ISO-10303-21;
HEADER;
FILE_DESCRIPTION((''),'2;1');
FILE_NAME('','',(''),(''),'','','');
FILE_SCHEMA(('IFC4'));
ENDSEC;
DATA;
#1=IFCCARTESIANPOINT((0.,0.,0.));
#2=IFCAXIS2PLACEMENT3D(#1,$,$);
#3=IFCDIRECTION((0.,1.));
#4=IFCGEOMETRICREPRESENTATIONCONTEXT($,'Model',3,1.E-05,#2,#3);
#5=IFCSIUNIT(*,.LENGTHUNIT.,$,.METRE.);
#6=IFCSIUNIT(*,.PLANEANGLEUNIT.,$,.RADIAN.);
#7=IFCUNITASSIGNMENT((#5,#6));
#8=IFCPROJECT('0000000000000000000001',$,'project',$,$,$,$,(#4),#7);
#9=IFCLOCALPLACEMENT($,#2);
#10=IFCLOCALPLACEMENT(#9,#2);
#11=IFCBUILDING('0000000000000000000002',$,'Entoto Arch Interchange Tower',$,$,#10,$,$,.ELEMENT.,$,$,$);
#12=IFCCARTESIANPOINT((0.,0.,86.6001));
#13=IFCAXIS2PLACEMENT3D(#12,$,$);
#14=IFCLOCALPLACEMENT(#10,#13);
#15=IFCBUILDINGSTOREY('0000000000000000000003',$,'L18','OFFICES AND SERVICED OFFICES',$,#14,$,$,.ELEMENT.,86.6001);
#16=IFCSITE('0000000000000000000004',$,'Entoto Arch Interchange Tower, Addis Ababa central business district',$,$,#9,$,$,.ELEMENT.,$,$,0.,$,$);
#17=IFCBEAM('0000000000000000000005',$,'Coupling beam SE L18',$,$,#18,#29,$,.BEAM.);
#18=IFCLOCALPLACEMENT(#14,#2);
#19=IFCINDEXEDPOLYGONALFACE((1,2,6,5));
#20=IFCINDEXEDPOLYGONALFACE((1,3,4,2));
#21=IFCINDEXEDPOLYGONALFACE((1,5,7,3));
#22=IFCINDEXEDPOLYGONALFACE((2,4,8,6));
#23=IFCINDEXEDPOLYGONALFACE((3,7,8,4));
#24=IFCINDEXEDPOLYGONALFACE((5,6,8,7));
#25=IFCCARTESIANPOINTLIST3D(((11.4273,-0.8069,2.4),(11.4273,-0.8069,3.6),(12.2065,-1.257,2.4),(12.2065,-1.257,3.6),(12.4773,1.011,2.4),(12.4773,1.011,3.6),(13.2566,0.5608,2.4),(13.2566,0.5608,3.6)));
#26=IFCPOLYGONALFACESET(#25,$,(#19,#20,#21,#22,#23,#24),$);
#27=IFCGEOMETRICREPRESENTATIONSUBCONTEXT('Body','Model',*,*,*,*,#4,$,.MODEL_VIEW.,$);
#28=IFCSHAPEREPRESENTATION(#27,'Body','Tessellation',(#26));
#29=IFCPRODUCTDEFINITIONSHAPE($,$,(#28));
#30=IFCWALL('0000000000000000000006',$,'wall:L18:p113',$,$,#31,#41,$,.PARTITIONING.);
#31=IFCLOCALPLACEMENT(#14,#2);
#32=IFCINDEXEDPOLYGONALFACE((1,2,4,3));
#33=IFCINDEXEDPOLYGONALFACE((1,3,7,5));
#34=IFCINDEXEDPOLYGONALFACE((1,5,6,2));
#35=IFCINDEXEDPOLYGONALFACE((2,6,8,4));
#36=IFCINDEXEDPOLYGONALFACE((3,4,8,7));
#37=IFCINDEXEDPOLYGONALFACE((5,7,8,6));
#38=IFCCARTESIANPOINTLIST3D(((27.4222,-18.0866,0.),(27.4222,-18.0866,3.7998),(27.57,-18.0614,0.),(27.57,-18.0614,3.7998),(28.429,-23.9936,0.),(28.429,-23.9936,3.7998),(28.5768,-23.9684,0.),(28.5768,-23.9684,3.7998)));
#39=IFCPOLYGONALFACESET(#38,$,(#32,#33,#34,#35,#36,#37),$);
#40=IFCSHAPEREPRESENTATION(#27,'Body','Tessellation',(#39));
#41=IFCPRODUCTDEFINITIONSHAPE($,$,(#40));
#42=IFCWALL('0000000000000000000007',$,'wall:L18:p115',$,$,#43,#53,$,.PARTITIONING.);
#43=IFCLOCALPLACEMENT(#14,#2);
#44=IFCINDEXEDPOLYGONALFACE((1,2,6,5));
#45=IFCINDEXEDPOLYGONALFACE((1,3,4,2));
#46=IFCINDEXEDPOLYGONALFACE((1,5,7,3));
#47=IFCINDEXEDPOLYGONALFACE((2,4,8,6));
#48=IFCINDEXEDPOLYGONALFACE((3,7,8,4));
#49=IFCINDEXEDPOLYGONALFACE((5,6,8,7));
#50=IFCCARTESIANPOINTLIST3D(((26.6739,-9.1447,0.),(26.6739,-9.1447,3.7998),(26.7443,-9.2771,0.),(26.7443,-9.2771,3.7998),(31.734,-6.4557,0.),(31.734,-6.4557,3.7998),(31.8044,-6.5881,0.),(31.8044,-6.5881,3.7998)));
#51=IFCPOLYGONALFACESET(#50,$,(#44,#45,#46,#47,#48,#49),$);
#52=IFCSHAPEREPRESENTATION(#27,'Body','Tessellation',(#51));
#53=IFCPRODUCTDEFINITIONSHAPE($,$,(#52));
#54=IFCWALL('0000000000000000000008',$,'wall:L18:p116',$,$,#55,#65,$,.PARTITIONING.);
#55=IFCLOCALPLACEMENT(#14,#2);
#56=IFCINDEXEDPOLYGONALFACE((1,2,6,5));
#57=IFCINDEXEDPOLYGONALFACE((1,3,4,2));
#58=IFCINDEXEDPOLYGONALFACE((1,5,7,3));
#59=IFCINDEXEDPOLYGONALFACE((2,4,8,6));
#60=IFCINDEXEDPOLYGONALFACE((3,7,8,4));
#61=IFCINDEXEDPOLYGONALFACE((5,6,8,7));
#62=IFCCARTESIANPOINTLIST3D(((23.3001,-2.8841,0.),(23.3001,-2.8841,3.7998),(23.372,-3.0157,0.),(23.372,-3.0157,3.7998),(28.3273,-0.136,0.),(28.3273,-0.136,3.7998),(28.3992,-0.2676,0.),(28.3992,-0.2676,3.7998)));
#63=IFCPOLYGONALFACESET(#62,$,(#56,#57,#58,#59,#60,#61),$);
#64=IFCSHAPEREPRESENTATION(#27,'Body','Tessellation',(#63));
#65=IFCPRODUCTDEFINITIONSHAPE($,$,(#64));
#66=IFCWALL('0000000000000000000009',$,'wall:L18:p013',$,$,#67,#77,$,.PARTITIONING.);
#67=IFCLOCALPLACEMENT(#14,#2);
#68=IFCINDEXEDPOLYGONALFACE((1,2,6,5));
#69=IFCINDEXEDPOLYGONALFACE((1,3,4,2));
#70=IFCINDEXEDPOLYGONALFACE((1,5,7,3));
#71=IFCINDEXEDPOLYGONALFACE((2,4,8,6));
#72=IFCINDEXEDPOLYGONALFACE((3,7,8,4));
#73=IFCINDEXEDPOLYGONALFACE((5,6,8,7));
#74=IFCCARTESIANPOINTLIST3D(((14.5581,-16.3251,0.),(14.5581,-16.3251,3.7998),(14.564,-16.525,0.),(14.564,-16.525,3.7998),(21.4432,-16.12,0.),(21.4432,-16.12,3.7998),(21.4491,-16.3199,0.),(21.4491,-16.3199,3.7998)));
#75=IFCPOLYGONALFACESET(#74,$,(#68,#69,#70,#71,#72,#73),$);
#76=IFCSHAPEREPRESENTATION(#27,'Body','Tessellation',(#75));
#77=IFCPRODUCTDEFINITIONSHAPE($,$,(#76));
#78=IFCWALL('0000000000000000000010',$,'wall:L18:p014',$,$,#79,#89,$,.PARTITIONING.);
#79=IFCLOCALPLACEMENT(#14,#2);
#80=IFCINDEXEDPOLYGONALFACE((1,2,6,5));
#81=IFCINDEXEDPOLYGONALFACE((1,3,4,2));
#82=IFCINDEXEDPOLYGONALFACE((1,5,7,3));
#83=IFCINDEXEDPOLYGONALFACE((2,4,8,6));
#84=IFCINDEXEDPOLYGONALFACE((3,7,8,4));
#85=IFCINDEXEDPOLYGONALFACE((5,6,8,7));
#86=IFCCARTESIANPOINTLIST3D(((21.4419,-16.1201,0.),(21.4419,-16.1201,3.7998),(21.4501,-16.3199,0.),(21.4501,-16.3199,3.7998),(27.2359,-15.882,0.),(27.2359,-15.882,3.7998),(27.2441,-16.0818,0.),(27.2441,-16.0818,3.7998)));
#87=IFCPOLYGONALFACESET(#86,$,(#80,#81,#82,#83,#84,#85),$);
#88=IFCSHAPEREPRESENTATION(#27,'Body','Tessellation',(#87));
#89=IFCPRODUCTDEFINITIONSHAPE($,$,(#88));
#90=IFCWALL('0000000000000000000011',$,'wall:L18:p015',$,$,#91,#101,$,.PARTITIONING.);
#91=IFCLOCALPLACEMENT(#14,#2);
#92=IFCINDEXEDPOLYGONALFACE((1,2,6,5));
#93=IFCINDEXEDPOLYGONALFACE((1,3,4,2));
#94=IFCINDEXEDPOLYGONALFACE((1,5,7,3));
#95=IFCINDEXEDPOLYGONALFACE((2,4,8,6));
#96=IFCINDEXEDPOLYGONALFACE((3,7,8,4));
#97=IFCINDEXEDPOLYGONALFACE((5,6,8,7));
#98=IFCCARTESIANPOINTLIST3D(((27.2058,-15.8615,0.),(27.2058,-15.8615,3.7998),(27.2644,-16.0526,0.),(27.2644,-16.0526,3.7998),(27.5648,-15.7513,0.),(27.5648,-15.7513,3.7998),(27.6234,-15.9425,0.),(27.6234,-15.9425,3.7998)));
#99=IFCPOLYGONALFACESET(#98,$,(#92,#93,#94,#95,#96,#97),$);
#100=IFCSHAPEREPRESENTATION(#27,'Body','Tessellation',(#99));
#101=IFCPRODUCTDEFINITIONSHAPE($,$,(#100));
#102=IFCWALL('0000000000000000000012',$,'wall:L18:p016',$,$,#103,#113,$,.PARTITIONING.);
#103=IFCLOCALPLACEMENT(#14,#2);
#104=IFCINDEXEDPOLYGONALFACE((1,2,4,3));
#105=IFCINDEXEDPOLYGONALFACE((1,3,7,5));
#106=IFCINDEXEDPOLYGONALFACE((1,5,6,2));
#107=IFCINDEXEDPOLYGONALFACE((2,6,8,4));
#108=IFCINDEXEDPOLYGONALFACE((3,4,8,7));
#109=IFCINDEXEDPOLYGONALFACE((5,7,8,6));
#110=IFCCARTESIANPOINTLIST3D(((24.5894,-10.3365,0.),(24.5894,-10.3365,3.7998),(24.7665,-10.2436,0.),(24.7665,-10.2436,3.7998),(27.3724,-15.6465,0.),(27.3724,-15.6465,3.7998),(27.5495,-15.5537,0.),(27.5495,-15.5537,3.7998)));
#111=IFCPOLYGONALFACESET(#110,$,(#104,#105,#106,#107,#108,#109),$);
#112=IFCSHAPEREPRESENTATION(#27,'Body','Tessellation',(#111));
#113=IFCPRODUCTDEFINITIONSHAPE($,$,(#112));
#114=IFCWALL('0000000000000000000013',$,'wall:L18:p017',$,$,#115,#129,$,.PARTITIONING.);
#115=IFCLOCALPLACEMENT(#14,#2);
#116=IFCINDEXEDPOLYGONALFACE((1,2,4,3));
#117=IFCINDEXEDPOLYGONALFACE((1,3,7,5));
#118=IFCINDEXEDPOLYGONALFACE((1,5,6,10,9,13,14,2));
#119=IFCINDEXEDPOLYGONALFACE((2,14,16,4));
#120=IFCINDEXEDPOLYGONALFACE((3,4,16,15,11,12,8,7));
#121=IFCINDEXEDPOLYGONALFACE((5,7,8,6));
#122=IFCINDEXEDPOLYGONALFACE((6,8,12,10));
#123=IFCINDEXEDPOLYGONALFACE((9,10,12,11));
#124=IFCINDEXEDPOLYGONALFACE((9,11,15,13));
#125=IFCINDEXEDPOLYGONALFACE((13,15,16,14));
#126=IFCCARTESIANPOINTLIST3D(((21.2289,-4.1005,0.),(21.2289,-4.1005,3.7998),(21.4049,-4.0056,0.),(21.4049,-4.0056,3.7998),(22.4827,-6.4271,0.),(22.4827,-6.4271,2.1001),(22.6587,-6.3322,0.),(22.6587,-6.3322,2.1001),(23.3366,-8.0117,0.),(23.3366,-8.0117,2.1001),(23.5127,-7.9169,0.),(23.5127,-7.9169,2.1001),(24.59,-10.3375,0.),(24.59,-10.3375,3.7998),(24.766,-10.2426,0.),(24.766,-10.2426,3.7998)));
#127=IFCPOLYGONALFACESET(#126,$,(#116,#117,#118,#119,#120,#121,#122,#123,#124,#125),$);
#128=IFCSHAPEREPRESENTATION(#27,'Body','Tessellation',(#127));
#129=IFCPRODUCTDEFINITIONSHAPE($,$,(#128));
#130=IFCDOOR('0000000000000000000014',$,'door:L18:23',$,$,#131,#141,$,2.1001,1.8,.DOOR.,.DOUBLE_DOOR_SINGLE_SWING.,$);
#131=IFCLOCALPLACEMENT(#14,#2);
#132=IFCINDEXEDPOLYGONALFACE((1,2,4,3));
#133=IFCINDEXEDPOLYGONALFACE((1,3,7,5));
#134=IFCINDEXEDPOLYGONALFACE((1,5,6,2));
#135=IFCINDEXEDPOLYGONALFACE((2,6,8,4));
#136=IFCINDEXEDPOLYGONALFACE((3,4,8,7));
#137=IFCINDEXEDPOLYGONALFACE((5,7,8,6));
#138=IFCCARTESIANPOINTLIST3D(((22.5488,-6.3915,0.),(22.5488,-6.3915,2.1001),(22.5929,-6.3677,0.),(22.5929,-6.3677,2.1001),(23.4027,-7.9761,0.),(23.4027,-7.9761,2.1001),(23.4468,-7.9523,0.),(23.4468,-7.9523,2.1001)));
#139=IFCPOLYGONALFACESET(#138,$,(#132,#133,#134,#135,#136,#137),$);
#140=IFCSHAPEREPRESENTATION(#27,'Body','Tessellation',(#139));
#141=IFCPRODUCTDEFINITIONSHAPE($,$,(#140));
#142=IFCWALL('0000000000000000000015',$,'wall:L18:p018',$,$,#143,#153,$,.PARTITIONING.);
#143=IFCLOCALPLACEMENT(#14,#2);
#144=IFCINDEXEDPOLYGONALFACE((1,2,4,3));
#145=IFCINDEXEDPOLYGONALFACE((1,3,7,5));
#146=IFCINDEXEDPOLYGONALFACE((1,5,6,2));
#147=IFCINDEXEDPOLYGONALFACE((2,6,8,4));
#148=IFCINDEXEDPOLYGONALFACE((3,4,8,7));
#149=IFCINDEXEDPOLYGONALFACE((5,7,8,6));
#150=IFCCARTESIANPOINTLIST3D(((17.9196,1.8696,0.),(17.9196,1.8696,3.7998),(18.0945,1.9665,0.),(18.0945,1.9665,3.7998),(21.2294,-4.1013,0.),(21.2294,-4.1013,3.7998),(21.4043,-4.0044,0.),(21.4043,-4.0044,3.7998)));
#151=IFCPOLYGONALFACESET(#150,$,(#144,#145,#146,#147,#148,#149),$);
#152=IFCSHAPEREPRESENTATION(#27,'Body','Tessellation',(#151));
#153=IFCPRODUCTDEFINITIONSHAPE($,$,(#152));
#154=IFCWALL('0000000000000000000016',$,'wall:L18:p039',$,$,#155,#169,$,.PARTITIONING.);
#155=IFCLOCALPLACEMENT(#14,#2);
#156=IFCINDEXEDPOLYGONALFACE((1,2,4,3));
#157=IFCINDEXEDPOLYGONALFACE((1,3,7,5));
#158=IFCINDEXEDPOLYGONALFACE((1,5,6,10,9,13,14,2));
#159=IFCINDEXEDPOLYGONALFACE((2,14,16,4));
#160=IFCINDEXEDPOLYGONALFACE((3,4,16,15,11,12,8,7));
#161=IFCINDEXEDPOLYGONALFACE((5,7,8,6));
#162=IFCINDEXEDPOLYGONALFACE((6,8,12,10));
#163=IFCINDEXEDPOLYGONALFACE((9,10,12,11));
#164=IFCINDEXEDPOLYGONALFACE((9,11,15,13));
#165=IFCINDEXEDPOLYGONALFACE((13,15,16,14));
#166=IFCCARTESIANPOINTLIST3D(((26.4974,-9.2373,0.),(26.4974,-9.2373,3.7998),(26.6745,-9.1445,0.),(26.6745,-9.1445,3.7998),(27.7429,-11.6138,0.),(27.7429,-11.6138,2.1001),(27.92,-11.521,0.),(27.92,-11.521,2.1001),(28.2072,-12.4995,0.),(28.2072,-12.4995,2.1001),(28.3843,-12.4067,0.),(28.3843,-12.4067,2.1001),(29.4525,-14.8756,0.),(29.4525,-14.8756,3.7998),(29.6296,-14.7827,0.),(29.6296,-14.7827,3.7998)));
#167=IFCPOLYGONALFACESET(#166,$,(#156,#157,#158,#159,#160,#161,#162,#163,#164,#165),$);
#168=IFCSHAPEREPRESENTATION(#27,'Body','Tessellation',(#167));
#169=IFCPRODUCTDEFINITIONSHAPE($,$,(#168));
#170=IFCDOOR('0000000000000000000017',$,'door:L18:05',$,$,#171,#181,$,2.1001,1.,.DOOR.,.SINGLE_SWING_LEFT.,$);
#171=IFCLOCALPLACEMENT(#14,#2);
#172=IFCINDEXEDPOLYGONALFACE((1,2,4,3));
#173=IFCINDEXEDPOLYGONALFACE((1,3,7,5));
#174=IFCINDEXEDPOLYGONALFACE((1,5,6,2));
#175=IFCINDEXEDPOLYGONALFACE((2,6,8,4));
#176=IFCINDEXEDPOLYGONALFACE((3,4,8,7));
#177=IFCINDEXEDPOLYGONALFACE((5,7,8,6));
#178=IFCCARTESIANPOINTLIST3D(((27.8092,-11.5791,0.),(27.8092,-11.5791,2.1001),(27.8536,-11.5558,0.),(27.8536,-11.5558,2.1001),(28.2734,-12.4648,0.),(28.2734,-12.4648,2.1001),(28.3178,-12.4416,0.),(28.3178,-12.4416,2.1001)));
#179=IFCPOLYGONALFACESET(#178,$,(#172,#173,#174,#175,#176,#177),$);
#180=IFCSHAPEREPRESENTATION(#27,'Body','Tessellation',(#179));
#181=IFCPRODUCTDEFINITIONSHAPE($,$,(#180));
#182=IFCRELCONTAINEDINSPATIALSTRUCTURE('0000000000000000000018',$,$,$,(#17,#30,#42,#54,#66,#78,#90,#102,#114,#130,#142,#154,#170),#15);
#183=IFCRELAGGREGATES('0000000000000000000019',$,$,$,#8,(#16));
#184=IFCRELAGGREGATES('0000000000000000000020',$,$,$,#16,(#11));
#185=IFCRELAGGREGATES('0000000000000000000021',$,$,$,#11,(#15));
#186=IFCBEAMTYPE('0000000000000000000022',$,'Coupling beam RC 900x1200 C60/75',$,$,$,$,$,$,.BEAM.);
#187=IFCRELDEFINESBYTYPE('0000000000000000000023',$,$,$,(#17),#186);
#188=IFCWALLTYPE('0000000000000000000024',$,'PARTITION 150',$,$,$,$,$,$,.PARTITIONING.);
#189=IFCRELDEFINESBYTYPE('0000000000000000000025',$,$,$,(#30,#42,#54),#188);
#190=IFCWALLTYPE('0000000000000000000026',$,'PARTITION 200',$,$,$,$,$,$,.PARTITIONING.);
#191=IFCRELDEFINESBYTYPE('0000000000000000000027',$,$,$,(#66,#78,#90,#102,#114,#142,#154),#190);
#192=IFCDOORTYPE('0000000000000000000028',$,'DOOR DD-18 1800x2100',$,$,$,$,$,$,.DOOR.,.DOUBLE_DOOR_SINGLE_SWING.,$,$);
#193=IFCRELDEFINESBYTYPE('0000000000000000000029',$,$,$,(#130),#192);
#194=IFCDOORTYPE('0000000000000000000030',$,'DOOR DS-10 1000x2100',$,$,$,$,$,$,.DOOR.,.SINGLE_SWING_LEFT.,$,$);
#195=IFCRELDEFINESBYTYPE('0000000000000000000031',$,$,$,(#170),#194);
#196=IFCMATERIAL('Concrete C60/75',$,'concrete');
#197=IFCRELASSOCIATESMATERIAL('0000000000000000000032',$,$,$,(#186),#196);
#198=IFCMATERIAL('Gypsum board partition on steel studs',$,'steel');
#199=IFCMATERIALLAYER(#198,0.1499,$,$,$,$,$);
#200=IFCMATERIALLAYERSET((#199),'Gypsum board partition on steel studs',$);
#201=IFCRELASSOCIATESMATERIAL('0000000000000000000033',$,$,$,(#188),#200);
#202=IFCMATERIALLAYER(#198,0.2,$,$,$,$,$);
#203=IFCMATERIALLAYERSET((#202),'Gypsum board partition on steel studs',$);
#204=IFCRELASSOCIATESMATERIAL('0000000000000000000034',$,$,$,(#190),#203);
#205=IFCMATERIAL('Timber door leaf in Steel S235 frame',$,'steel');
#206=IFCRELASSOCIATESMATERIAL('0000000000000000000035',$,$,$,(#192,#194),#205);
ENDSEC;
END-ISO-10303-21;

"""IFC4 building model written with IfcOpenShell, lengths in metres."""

from ifc_helpers import new_model, si_unit, direction, frame, frame_2d, origin, origin_2d, place, context, subcontext, project, spatial, rectangle, extrude, material, layer, layer_set, material_profile, profile_set, type_object, element, fill, save


model = new_model("IFC4")

# Units and contexts
model_context = context("Model", 3, precision=1e-05, world=origin(), true_north=direction((0.0, 1.0)))
body_context = subcontext(model_context, "Body", "Model", "MODEL_VIEW")
ifc_project = project(units=[si_unit("LENGTHUNIT", "METRE"), si_unit("PLANEANGLEUNIT", "RADIAN")], contexts=[model_context])

# Site, building, storey
site_placement = place(None, origin())
site = spatial("IfcSite", under=ifc_project, at=site_placement, Name="Entoto Arch Interchange Tower, Addis Ababa central business district", CompositionType="ELEMENT", RefElevation=0.0)
building_placement = place(site_placement, origin())
building = spatial("IfcBuilding", under=site, at=building_placement, Name="Entoto Arch Interchange Tower", CompositionType="ELEMENT")
storey_placement = place(building_placement, frame((0.0, 0.0, 86.6001)))
storey = spatial("IfcBuildingStorey", under=building, at=storey_placement, Name="L18", Description="OFFICES AND SERVICED OFFICES", CompositionType="ELEMENT", Elevation=86.6001)

# Beam
ifc_material_1 = material(Name="Concrete C60/75", Category="concrete")
ifc_material_profile = material_profile(ifc_material_1, rectangle(XDim=0.8999, YDim=1.2, at=origin_2d()))
ifc_profile_set = profile_set([ifc_material_profile], Name="Concrete C60/75")
beam_type = type_object("IfcBeamType", Name="Coupling beam RC 900x1200 C60/75", PredefinedType="BEAM", material=ifc_profile_set)
beam_placement = place(storey_placement, frame((11.8169, -1.032, 3.0), z_axis=(0.500179, 0.865922, 0.0), x_axis=(-0.865922, 0.500179, 0.0)))
element("IfcBeam", 1, at=beam_placement, inside=storey, type_object=beam_type, Name="Coupling beam SE L18", PredefinedType="BEAM", context=body_context, shape_type="SweptSolid", body=[
    extrude(rectangle(XDim=0.8999, YDim=1.2, at=origin_2d()), origin(), (0.0, 0.0, 1.0), 2.0994),
])

# Walls
ifc_material_2 = material(Name="Gypsum board partition on steel studs", Category="steel")
ifc_layer_1 = layer(ifc_material_2, 0.1499)
ifc_layer_set_1 = layer_set([ifc_layer_1], Name="Gypsum board partition on steel studs")
wall_type_1 = type_object("IfcWallType", Name="PARTITION 150", PredefinedType="PARTITIONING", material=ifc_layer_set_1)
wall_1_placement = place(storey_placement, frame((27.4961, -18.074, 0.0), z_axis=(0.0, 0.0, 1.0), x_axis=(0.168025, -0.985783, 0.0)))
element("IfcWall", 2, at=wall_1_placement, inside=storey, type_object=wall_type_1, Name="wall:L18:p113", PredefinedType="PARTITIONING", context=body_context, shape_type="SweptSolid", body=[
    extrude(rectangle(XDim=5.9922, YDim=0.1499, at=frame_2d((2.9961, 0.0))), origin(), (0.0, 0.0, 1.0), 3.7998),
])
wall_2_placement = place(storey_placement, frame((26.709, -9.2109, 0.0), z_axis=(0.0, 0.0, 1.0), x_axis=(0.883057, 0.469265, 0.0)))
element("IfcWall", 3, at=wall_2_placement, inside=storey, type_object=wall_type_1, Name="wall:L18:p115", PredefinedType="PARTITIONING", context=body_context, shape_type="SweptSolid", body=[
    extrude(rectangle(XDim=5.7302, YDim=0.1499, at=frame_2d((2.8652, 0.0))), origin(), (0.0, 0.0, 1.0), 3.7998),
])
wall_3_placement = place(storey_placement, frame((23.3359, -2.95, 0.0), z_axis=(0.0, 0.0, 1.0), x_axis=(0.877455, 0.479658, 0.0)))
element("IfcWall", 4, at=wall_3_placement, inside=storey, type_object=wall_type_1, Name="wall:L18:p116", PredefinedType="PARTITIONING", context=body_context, shape_type="SweptSolid", body=[
    extrude(rectangle(XDim=5.7292, YDim=0.1499, at=frame_2d((2.8647, 0.0))), origin(), (0.0, 0.0, 1.0), 3.7998),
])
ifc_layer_2 = layer(ifc_material_2, 0.2)
ifc_layer_set_2 = layer_set([ifc_layer_2], Name="Gypsum board partition on steel studs")
wall_type_2 = type_object("IfcWallType", Name="PARTITION 200", PredefinedType="PARTITIONING", material=ifc_layer_set_2)
wall_4_placement = place(storey_placement, frame((14.561, -16.425, 0.0), z_axis=(0.0, 0.0, 1.0), x_axis=(0.999557, 0.029773, 0.0)))
element("IfcWall", 5, at=wall_4_placement, inside=storey, type_object=wall_type_2, Name="wall:L18:p013", PredefinedType="PARTITIONING", context=body_context, shape_type="SweptSolid", body=[
    extrude(rectangle(XDim=6.8882, YDim=0.2, at=frame_2d((3.4441, 0.0))), origin(), (0.0, 0.0, 1.0), 3.7998),
])
wall_5_placement = place(storey_placement, frame((21.446, -16.22, 0.0), z_axis=(0.0, 0.0, 1.0), x_axis=(0.999157, 0.041049, 0.0)))
element("IfcWall", 6, at=wall_5_placement, inside=storey, type_object=wall_type_2, Name="wall:L18:p014", PredefinedType="PARTITIONING", context=body_context, shape_type="SweptSolid", body=[
    extrude(rectangle(XDim=5.7988, YDim=0.2, at=frame_2d((2.8994, 0.0))), origin(), (0.0, 0.0, 1.0), 3.7998),
])
wall_6_placement = place(storey_placement, frame((27.2351, -15.957, 0.0), z_axis=(0.0, 0.0, 1.0), x_axis=(0.956018, 0.293309, 0.0)))
element("IfcWall", 7, at=wall_6_placement, inside=storey, type_object=wall_type_2, Name="wall:L18:p015", PredefinedType="PARTITIONING", context=body_context, shape_type="SweptSolid", body=[
    extrude(rectangle(XDim=0.3755, YDim=0.2, at=frame_2d((0.1877, 0.0))), origin(), (0.0, 0.0, 1.0), 3.7998),
])
wall_7_placement = place(storey_placement, frame((27.4609, -15.6001, 0.0), z_axis=(0.0, 0.0, 1.0), x_axis=(-0.464203, 0.885729, 0.0)))
element("IfcWall", 8, at=wall_7_placement, inside=storey, type_object=wall_type_2, Name="wall:L18:p016", PredefinedType="PARTITIONING", context=body_context, shape_type="SweptSolid", body=[
    extrude(rectangle(XDim=5.9951, YDim=0.2, at=frame_2d((2.9976, 0.0))), origin(), (0.0, 0.0, 1.0), 3.7998),
])

# Wall, opening, door
wall_8_placement = place(storey_placement, frame((24.678, -10.29, 0.0), z_axis=(0.0, 0.0, 1.0), x_axis=(-0.474392, 0.880314, 0.0)))
wall_8 = element("IfcWall", 9, at=wall_8_placement, inside=storey, type_object=wall_type_2, Name="wall:L18:p017", PredefinedType="PARTITIONING", context=body_context, shape_type="SweptSolid", body=[
    extrude(rectangle(XDim=7.085, YDim=0.2, at=frame_2d((3.5425, 0.0))), origin(), (0.0, 0.0, 1.0), 3.7998),
])
opening_1_placement = place(wall_8_placement, frame((2.6421, 0.0, 0.0)))
opening_1 = element("IfcOpeningElement", 10, at=opening_1_placement, cuts=wall_8, PredefinedType="OPENING", context=body_context, shape_type="SweptSolid", body=[
    extrude(rectangle(XDim=1.8, YDim=2.1001, at=frame_2d((0.8999, 1.05))), frame((0.0, 0.1099, 0.0), z_axis=(0.0, -1.0, 0.0), x_axis=(1.0, 0.0, 0.0)), (0.0, 0.0, 1.0), 0.22),
])
ifc_material_3 = material(Name="Timber door leaf in Steel S235 frame", Category="steel")
door_type_1 = type_object("IfcDoorType", Name="DOOR DD-18 1800x2100", OperationType="DOUBLE_DOOR_SINGLE_SWING", PredefinedType="DOOR", material=ifc_material_3)
door_1_placement = place(opening_1_placement, origin())
door_1 = element("IfcDoor", 11, at=door_1_placement, inside=storey, type_object=door_type_1, Name="door:L18:23", OperationType="DOUBLE_DOOR_SINGLE_SWING", OverallHeight=2.1001, OverallWidth=1.8, PredefinedType="DOOR", context=body_context, shape_type="SweptSolid", body=[
    extrude(rectangle(XDim=1.8, YDim=2.1001, at=frame_2d((0.8999, 1.05))), frame((0.0, 0.0249, 0.0), z_axis=(0.0, -1.0, 0.0), x_axis=(1.0, 0.0, 0.0)), (0.0, 0.0, 1.0), 0.05),
])
fill(opening_1, door_1)

# Wall
wall_9_placement = place(storey_placement, frame((21.3169, -4.053, 0.0), z_axis=(0.0, 0.0, 1.0), x_axis=(-0.484817, 0.874616, 0.0)))
element("IfcWall", 12, at=wall_9_placement, inside=storey, type_object=wall_type_2, Name="wall:L18:p018", PredefinedType="PARTITIONING", context=body_context, shape_type="SweptSolid", body=[
    extrude(rectangle(XDim=6.8269, YDim=0.2, at=frame_2d((3.4136, 0.0))), origin(), (0.0, 0.0, 1.0), 3.7998),
])

# Wall, opening, door
wall_10_placement = place(storey_placement, frame((26.5859, -9.1909, 0.0), z_axis=(0.0, 0.0, 1.0), x_axis=(0.464222, -0.885719, 0.0)))
wall_10 = element("IfcWall", 13, at=wall_10_placement, inside=storey, type_object=wall_type_2, Name="wall:L18:p039", PredefinedType="PARTITIONING", context=body_context, shape_type="SweptSolid", body=[
    extrude(rectangle(XDim=6.3657, YDim=0.2, at=frame_2d((3.1829, 0.0))), origin(), (0.0, 0.0, 1.0), 3.7998),
])
opening_2_placement = place(wall_10_placement, frame((2.6831, 0.0, 0.0)))
opening_2 = element("IfcOpeningElement", 14, at=opening_2_placement, cuts=wall_10, PredefinedType="OPENING", context=body_context, shape_type="SweptSolid", body=[
    extrude(rectangle(XDim=1.0, YDim=2.1001, at=frame_2d((0.5, 1.05))), frame((0.0, 0.1099, 0.0), z_axis=(0.0, -1.0, 0.0), x_axis=(1.0, 0.0, 0.0)), (0.0, 0.0, 1.0), 0.22),
])
door_type_2 = type_object("IfcDoorType", Name="DOOR DS-10 1000x2100", OperationType="SINGLE_SWING_LEFT", PredefinedType="DOOR", material=ifc_material_3)
door_2_placement = place(opening_2_placement, origin())
door_2 = element("IfcDoor", 15, at=door_2_placement, inside=storey, type_object=door_type_2, Name="door:L18:05", OperationType="SINGLE_SWING_LEFT", OverallHeight=2.1001, OverallWidth=1.0, PredefinedType="DOOR", context=body_context, shape_type="SweptSolid", body=[
    extrude(rectangle(XDim=1.0, YDim=2.1001, at=frame_2d((0.5, 1.05))), frame((0.0, 0.0249, 0.0), z_axis=(0.0, -1.0, 0.0), x_axis=(1.0, 0.0, 0.0)), (0.0, 0.0, 1.0), 0.05),
])
fill(opening_2, door_2)

save(model, "model.ifc")
